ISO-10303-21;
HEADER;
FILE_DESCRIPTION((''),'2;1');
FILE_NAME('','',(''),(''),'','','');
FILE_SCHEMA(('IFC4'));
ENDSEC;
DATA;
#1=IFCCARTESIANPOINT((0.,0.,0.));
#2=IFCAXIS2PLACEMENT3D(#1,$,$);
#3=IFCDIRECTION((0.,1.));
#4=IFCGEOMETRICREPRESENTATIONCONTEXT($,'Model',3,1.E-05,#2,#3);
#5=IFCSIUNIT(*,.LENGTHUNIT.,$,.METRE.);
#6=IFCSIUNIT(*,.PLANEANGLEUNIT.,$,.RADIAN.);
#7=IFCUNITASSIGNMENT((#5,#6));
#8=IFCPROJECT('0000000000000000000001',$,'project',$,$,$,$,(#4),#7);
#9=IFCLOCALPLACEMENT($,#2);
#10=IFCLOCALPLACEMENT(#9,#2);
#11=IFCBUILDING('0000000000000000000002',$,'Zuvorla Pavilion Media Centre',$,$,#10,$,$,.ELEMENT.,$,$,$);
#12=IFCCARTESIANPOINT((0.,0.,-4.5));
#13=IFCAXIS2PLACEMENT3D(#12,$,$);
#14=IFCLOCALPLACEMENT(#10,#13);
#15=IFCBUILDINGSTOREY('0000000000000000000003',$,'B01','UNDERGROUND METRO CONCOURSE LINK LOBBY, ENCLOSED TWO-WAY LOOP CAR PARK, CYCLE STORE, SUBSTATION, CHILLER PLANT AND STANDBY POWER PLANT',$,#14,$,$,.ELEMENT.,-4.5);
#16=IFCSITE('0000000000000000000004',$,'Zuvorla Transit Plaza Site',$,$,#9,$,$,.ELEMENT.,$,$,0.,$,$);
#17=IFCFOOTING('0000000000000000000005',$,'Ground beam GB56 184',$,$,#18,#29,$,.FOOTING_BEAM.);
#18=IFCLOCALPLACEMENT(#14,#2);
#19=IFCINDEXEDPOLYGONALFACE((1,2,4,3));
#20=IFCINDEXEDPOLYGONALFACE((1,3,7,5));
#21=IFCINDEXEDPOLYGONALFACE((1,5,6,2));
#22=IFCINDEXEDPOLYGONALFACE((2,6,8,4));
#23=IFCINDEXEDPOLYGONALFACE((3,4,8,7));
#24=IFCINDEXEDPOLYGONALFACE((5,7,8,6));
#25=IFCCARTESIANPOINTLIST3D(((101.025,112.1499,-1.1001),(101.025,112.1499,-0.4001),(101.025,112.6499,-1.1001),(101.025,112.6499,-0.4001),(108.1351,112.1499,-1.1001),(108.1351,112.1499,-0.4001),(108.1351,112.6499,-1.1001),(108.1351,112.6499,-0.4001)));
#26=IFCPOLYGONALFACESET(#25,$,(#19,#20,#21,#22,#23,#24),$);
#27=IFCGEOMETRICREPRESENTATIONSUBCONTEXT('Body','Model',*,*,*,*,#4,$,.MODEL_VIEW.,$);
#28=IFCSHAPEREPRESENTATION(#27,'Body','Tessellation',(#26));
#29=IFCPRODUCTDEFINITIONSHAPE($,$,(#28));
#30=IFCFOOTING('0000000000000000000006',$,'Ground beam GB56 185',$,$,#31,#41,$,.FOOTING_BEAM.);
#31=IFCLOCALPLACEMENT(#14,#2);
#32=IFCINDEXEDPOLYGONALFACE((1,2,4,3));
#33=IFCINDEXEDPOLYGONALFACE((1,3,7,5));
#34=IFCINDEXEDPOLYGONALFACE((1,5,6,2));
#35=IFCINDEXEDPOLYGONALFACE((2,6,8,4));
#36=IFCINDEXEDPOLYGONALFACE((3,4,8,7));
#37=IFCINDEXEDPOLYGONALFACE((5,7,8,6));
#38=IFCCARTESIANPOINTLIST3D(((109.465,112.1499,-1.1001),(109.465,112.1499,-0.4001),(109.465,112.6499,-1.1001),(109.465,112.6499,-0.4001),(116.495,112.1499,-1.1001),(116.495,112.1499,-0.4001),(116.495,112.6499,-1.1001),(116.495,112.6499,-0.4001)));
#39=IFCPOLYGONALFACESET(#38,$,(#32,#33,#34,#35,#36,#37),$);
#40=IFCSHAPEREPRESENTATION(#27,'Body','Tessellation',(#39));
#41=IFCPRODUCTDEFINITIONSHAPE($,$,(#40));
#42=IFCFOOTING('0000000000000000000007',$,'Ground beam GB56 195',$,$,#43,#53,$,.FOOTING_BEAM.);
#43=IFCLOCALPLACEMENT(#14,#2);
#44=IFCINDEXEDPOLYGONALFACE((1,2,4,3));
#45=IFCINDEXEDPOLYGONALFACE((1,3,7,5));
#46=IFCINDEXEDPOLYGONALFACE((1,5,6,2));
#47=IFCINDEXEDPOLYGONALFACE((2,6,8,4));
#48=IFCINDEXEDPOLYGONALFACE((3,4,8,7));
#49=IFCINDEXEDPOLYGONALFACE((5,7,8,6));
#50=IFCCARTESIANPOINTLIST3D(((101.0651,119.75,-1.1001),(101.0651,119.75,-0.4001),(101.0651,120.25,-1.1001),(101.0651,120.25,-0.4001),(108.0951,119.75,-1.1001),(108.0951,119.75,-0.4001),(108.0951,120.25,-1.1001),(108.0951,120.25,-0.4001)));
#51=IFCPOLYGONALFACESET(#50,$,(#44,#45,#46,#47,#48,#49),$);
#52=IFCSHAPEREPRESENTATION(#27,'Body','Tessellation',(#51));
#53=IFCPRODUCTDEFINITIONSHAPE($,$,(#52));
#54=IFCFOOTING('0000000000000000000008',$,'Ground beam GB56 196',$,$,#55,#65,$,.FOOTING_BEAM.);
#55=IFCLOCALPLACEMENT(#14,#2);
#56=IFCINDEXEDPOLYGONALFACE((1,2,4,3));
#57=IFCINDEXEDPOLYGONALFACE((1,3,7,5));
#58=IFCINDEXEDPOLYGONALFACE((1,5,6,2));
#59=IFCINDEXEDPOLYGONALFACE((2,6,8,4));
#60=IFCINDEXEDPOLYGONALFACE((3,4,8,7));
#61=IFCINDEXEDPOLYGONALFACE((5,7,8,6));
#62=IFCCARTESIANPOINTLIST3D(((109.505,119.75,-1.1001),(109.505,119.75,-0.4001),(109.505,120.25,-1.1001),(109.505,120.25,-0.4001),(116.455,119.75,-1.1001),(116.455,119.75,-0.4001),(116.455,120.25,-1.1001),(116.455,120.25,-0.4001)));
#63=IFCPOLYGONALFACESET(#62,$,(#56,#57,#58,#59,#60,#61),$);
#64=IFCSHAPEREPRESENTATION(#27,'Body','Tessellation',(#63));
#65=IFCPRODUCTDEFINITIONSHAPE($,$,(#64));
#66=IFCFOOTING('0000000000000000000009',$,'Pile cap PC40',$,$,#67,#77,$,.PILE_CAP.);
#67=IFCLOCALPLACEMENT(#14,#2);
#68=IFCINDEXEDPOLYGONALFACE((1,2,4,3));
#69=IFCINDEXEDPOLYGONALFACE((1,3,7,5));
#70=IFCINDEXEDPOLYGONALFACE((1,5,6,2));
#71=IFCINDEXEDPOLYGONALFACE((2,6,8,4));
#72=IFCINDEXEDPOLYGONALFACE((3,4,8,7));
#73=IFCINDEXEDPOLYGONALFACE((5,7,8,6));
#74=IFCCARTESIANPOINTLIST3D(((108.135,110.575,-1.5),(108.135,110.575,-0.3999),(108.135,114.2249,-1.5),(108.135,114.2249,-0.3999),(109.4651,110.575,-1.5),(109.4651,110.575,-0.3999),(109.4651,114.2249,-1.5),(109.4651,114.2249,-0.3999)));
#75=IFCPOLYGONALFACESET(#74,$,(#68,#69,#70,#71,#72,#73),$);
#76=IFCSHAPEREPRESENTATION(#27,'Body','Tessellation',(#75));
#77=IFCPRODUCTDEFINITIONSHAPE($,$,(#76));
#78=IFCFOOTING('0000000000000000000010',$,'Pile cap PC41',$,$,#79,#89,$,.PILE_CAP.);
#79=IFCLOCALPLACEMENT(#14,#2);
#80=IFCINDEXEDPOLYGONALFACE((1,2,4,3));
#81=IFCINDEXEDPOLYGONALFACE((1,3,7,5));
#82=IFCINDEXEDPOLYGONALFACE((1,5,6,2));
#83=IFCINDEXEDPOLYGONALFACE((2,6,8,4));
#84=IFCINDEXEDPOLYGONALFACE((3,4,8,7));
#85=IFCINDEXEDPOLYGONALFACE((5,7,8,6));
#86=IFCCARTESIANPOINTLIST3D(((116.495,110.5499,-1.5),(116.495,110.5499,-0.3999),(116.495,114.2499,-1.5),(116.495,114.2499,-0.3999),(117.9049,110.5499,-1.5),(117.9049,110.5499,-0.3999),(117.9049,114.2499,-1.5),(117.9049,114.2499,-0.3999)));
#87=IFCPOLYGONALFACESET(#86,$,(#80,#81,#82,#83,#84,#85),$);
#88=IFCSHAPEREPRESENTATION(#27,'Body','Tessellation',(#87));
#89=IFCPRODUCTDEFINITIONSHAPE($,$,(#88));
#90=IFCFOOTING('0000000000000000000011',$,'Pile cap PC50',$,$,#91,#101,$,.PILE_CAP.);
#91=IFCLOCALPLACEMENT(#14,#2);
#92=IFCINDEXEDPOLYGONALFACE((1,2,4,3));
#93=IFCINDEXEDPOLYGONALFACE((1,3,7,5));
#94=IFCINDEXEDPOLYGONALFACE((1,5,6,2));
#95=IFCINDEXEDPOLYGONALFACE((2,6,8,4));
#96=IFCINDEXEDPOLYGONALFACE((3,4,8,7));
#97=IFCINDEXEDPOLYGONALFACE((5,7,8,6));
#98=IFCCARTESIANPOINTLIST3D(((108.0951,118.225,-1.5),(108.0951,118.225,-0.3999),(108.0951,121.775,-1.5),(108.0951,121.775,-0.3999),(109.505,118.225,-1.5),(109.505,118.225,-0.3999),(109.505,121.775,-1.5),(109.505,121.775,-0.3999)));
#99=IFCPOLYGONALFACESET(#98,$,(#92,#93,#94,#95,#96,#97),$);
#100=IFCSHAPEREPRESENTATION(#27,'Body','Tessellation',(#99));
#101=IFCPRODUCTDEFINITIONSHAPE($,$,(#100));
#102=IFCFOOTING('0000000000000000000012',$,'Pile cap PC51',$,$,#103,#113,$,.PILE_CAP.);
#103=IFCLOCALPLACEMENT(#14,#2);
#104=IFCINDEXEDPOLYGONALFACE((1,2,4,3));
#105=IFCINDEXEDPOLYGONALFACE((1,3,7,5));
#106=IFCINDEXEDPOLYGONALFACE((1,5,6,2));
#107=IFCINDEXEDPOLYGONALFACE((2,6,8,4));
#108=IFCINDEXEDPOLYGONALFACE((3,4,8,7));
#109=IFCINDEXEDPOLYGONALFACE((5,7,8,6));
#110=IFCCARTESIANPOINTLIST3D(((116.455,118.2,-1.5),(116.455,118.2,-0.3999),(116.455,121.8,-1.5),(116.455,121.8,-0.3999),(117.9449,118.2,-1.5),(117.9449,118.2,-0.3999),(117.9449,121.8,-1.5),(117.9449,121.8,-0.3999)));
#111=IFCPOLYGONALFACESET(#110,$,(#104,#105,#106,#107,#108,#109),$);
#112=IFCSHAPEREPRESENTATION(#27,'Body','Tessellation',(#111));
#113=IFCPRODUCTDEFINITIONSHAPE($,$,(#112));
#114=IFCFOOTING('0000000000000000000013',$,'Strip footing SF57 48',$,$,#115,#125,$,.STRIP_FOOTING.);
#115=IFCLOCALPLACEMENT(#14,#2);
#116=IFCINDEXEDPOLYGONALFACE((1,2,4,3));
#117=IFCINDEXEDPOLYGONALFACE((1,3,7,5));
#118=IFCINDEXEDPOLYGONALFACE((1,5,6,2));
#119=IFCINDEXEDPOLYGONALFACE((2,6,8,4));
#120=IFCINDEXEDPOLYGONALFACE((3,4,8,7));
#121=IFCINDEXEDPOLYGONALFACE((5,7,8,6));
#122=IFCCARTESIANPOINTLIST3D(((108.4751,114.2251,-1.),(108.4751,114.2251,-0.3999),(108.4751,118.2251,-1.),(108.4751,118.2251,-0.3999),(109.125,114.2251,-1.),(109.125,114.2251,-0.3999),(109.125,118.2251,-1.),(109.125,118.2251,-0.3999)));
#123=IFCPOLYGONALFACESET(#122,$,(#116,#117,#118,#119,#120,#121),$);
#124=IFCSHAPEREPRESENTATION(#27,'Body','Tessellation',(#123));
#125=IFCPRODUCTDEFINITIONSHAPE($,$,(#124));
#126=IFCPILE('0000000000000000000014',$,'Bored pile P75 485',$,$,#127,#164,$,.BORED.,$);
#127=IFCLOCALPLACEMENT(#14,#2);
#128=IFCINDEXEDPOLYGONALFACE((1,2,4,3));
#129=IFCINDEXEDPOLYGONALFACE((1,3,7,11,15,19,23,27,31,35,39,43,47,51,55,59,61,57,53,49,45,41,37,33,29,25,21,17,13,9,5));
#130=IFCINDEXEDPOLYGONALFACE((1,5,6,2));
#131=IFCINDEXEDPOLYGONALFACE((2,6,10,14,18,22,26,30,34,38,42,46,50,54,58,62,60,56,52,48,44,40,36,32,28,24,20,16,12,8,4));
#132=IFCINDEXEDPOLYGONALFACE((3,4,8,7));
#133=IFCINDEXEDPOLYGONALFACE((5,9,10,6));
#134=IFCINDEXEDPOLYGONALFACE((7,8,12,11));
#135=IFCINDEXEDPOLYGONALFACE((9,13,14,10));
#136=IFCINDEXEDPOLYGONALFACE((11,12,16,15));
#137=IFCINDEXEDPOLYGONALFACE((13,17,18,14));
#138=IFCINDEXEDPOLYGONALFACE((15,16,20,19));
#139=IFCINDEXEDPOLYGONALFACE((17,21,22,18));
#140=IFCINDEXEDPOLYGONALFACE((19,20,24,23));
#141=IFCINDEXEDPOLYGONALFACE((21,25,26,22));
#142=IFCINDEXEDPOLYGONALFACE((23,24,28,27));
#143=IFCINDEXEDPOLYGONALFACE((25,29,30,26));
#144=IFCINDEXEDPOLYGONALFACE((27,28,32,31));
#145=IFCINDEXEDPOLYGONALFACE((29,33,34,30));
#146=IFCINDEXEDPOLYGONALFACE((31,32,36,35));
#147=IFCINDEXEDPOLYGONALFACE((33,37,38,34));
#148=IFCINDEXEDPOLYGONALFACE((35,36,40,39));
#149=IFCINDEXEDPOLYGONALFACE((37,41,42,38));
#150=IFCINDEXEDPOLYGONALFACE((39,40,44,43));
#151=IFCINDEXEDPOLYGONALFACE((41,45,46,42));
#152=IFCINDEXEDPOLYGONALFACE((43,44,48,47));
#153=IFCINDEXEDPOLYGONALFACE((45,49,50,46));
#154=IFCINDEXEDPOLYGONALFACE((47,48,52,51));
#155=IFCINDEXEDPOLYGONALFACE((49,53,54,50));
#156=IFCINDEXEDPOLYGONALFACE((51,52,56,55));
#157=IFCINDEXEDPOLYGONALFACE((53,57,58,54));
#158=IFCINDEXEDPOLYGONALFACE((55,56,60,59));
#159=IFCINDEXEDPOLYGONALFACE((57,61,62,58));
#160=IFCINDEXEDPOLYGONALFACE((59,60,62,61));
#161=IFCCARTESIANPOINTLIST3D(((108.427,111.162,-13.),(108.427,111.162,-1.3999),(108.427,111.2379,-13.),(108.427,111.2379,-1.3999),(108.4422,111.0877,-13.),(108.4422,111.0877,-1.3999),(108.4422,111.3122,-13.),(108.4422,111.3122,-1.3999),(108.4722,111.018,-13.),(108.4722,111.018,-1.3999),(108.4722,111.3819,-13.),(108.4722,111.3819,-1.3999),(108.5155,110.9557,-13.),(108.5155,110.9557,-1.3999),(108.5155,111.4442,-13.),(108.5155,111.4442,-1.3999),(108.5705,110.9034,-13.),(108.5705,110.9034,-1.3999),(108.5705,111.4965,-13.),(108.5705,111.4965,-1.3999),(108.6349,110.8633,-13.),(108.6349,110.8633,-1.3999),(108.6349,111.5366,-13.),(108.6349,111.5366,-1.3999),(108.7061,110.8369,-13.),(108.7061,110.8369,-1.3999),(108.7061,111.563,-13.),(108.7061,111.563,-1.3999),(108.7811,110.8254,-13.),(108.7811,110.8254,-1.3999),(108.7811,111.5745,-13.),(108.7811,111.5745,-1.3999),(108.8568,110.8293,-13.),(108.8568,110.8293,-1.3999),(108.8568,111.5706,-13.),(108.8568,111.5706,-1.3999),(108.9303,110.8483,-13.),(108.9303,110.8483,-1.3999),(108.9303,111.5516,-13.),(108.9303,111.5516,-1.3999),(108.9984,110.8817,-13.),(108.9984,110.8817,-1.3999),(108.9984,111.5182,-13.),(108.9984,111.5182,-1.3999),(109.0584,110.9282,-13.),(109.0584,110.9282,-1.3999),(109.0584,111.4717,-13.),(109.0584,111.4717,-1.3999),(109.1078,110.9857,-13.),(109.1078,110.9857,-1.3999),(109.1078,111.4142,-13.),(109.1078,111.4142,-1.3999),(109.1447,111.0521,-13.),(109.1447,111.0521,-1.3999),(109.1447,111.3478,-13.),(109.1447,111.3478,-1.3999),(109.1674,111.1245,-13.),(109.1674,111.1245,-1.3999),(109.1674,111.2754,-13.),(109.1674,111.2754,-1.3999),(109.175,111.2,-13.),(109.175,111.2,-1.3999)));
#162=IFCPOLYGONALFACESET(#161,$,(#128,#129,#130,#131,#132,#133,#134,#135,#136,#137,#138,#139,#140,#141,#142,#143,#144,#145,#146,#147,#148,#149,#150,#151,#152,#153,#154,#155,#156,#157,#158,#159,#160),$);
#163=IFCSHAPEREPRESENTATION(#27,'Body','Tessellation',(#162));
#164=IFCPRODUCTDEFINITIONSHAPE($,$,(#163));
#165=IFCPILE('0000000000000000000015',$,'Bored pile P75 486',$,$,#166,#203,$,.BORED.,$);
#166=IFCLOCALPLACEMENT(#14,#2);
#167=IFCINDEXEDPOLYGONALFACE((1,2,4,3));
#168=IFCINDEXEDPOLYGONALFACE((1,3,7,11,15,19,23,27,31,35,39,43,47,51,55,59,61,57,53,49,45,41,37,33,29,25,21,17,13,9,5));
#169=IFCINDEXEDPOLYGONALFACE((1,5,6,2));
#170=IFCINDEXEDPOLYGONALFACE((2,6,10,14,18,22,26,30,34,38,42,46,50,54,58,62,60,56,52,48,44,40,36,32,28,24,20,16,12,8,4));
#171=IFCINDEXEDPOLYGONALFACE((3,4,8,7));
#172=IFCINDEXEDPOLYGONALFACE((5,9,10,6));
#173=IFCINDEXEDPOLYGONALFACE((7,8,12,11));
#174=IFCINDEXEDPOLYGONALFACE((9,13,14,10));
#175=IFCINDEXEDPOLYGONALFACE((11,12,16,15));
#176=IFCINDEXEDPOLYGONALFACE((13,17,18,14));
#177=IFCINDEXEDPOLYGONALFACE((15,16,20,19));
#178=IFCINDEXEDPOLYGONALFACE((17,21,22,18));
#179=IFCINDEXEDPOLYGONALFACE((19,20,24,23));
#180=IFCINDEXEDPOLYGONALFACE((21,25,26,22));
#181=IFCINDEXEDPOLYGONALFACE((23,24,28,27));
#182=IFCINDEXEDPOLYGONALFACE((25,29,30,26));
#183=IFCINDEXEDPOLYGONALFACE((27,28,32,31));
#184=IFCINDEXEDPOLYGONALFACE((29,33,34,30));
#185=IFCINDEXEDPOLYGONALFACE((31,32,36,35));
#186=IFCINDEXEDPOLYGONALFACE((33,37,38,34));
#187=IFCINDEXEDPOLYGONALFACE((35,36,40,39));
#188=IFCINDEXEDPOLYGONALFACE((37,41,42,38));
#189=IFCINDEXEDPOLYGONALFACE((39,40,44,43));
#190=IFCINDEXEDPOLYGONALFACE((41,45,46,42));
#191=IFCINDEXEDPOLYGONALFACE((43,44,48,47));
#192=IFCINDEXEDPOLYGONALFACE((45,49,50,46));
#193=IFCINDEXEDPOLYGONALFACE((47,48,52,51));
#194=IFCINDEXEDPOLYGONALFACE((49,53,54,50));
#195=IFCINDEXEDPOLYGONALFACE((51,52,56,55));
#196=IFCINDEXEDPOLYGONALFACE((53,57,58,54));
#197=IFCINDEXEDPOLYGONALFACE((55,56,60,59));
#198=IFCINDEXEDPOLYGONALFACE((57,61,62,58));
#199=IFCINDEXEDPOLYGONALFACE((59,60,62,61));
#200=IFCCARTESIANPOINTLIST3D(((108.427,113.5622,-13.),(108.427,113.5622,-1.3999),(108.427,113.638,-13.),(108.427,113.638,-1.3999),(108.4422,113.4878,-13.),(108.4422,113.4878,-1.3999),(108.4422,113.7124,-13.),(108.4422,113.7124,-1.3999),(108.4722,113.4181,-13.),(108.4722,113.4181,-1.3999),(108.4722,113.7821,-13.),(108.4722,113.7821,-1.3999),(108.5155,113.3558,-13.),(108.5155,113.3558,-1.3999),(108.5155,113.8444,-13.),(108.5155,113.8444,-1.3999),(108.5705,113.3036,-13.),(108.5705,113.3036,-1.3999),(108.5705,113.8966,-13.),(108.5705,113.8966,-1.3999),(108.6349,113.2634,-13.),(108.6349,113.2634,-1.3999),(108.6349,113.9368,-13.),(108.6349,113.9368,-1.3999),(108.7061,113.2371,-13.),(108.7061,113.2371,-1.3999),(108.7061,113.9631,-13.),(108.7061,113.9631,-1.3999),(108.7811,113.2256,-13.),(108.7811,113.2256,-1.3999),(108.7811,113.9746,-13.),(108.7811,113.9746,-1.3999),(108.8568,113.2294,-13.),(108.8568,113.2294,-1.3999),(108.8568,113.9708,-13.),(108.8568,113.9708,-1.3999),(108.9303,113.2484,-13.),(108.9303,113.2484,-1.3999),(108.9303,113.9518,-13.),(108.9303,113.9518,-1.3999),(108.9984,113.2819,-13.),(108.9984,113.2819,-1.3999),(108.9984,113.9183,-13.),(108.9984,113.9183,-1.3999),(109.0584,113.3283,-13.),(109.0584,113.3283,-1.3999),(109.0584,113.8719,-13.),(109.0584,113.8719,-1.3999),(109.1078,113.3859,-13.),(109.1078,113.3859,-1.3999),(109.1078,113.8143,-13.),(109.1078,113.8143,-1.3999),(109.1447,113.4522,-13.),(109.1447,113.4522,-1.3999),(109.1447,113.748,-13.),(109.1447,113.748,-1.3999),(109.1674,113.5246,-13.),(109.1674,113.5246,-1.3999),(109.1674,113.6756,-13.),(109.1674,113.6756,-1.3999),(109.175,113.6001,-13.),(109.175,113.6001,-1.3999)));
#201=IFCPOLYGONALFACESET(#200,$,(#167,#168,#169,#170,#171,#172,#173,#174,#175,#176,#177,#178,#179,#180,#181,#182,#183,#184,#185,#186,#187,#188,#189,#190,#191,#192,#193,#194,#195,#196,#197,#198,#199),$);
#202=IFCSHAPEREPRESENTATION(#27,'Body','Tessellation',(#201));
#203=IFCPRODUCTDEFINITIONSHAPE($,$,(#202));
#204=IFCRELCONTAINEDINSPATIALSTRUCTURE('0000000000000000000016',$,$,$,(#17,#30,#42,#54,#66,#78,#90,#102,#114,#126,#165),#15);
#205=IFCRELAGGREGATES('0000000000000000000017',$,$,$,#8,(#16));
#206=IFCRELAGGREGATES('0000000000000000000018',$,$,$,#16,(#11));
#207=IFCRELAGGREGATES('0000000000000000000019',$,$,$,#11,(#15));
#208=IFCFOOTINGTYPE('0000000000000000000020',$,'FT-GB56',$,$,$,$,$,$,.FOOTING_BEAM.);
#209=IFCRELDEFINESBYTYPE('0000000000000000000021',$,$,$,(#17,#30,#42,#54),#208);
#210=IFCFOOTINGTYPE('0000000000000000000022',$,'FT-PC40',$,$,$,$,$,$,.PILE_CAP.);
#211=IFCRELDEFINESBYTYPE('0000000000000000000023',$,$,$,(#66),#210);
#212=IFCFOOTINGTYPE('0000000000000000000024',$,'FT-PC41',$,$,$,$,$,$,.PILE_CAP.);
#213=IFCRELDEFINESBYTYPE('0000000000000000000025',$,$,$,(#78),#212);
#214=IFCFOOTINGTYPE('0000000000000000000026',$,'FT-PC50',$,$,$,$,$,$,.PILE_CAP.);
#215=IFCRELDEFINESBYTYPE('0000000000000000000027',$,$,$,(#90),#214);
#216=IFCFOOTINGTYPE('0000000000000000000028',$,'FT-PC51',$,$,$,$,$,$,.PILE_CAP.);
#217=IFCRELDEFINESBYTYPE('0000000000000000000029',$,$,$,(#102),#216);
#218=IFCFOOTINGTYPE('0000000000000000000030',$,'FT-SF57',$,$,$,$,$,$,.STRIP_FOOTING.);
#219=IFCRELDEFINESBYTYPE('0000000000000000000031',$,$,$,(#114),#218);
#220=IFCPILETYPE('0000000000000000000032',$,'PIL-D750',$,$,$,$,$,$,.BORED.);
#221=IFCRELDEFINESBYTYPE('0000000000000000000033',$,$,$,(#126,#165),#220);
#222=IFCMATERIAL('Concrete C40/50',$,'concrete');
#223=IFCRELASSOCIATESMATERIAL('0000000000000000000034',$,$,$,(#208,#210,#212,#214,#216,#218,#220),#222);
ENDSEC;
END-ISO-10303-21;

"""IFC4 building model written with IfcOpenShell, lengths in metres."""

from ifc_helpers import new_model, si_unit, direction, frame, origin, origin_2d, place, context, subcontext, project, spatial, rectangle, circle, extrude, material, material_profile, profile_set, type_object, element, save


model = new_model("IFC4")

# Units and contexts
model_context = context("Model", 3, precision=1e-05, world=origin(), true_north=direction((0.0, 1.0)))
body_context = subcontext(model_context, "Body", "Model", "MODEL_VIEW")
ifc_project = project(units=[si_unit("LENGTHUNIT", "METRE"), si_unit("PLANEANGLEUNIT", "RADIAN")], contexts=[model_context])

# Site, building, storey
site_placement = place(None, origin())
site = spatial("IfcSite", under=ifc_project, at=site_placement, Name="Zuvorla Transit Plaza Site", CompositionType="ELEMENT", RefElevation=0.0)
building_placement = place(site_placement, origin())
building = spatial("IfcBuilding", under=site, at=building_placement, Name="Zuvorla Pavilion Media Centre", CompositionType="ELEMENT")
storey_placement = place(building_placement, frame((0.0, 0.0, -4.5)))
storey = spatial("IfcBuildingStorey", under=building, at=storey_placement, Name="B01", Description="UNDERGROUND METRO CONCOURSE LINK LOBBY, ENCLOSED TWO-WAY LOOP CAR PARK, CYCLE STORE, SUBSTATION, CHILLER PLANT AND STANDBY POWER PLANT", CompositionType="ELEMENT", Elevation=-4.5)

# Footings
ifc_material = material(Name="Concrete C40/50", Category="concrete")
footing_type_1 = type_object("IfcFootingType", Name="FT-GB56", PredefinedType="FOOTING_BEAM", material=ifc_material)
footing_1_placement = place(storey_placement, frame((104.5801, 112.3999, -1.1001), z_axis=(0.0, 0.0, 1.0), x_axis=(1.0, 0.0, 0.0)))
element("IfcFooting", 1, at=footing_1_placement, inside=storey, type_object=footing_type_1, Name="Ground beam GB56 184", PredefinedType="FOOTING_BEAM", context=body_context, shape_type="SweptSolid", body=[
    extrude(rectangle(XDim=7.1101, YDim=0.5, at=origin_2d()), origin(), (0.0, 0.0, 1.0), 0.7),
])
for number, where, z_axis, x_axis, name in (
    (2, (112.98, 112.3999, -1.1001), (0.0, 0.0, 1.0), (1.0, 0.0, 0.0), "Ground beam GB56 185"),
    (3, (104.5801, 120.0, -1.1001), (0.0, 0.0, 1.0), (1.0, 0.0, 0.0), "Ground beam GB56 195"),
):
    element("IfcFooting", number, at=place(storey_placement, frame(where, z_axis=z_axis, x_axis=x_axis)), inside=storey, type_object=footing_type_1, Name=name, PredefinedType="FOOTING_BEAM", context=body_context, shape_type="SweptSolid", body=[
        extrude(rectangle(XDim=7.03, YDim=0.5, at=origin_2d()), origin(), (0.0, 0.0, 1.0), 0.7),
    ])
footing_2_placement = place(storey_placement, frame((112.98, 120.0, -1.1001), z_axis=(0.0, 0.0, 1.0), x_axis=(1.0, 0.0, 0.0)))
element("IfcFooting", 4, at=footing_2_placement, inside=storey, type_object=footing_type_1, Name="Ground beam GB56 196", PredefinedType="FOOTING_BEAM", context=body_context, shape_type="SweptSolid", body=[
    extrude(rectangle(XDim=6.95, YDim=0.5, at=origin_2d()), origin(), (0.0, 0.0, 1.0), 0.7),
])
footing_type_2 = type_object("IfcFootingType", Name="FT-PC40", PredefinedType="PILE_CAP", material=ifc_material)
footing_3_placement = place(storey_placement, frame((108.8, 112.3999, -1.5), z_axis=(0.0, 0.0, 1.0), x_axis=(1.0, 0.0, 0.0)))
element("IfcFooting", 5, at=footing_3_placement, inside=storey, type_object=footing_type_2, Name="Pile cap PC40", PredefinedType="PILE_CAP", context=body_context, shape_type="SweptSolid", body=[
    extrude(rectangle(XDim=1.3301, YDim=3.6499, at=origin_2d()), origin(), (0.0, 0.0, 1.0), 1.1001),
])
footing_type_3 = type_object("IfcFootingType", Name="FT-PC41", PredefinedType="PILE_CAP", material=ifc_material)
footing_4_placement = place(storey_placement, frame((117.2, 112.3999, -1.5), z_axis=(0.0, 0.0, 1.0), x_axis=(1.0, 0.0, 0.0)))
element("IfcFooting", 6, at=footing_4_placement, inside=storey, type_object=footing_type_3, Name="Pile cap PC41", PredefinedType="PILE_CAP", context=body_context, shape_type="SweptSolid", body=[
    extrude(rectangle(XDim=1.4099, YDim=3.7, at=origin_2d()), origin(), (0.0, 0.0, 1.0), 1.1001),
])
footing_type_4 = type_object("IfcFootingType", Name="FT-PC50", PredefinedType="PILE_CAP", material=ifc_material)
footing_5_placement = place(storey_placement, frame((108.8, 120.0, -1.5), z_axis=(0.0, 0.0, 1.0), x_axis=(1.0, 0.0, 0.0)))
element("IfcFooting", 7, at=footing_5_placement, inside=storey, type_object=footing_type_4, Name="Pile cap PC50", PredefinedType="PILE_CAP", context=body_context, shape_type="SweptSolid", body=[
    extrude(rectangle(XDim=1.4099, YDim=3.55, at=origin_2d()), origin(), (0.0, 0.0, 1.0), 1.1001),
])
footing_type_5 = type_object("IfcFootingType", Name="FT-PC51", PredefinedType="PILE_CAP", material=ifc_material)
footing_6_placement = place(storey_placement, frame((117.2, 120.0, -1.5), z_axis=(0.0, 0.0, 1.0), x_axis=(1.0, 0.0, 0.0)))
element("IfcFooting", 8, at=footing_6_placement, inside=storey, type_object=footing_type_5, Name="Pile cap PC51", PredefinedType="PILE_CAP", context=body_context, shape_type="SweptSolid", body=[
    extrude(rectangle(XDim=1.49, YDim=3.6001, at=origin_2d()), origin(), (0.0, 0.0, 1.0), 1.1001),
])
footing_type_6 = type_object("IfcFootingType", Name="FT-SF57", PredefinedType="STRIP_FOOTING", material=ifc_material)
footing_7_placement = place(storey_placement, frame((108.8, 116.2251, -1.0), z_axis=(0.0, 0.0, 1.0), x_axis=(0.0, 1.0, 0.0)))
element("IfcFooting", 9, at=footing_7_placement, inside=storey, type_object=footing_type_6, Name="Strip footing SF57 48", PredefinedType="STRIP_FOOTING", context=body_context, shape_type="SweptSolid", body=[
    extrude(rectangle(XDim=4.0, YDim=0.6499, at=origin_2d()), origin(), (0.0, 0.0, 1.0), 0.6001),
])

# Piles
ifc_material_profile_1 = material_profile(ifc_material, circle(Radius=0.375, at=origin_2d()), Name="BORED PILE 750")
ifc_profile_set_1 = profile_set([ifc_material_profile_1], Name="Concrete C40/50")
pile_type = type_object("IfcPileType", Name="PIL-D750", PredefinedType="BORED", material=ifc_profile_set_1)
for number, where, z_axis, x_axis, name in (
    (10, (108.8, 111.2, -1.3999), (0.0, 0.0, -1.0), (1.0, 0.0, 0.0), "Bored pile P75 485"),
    (11, (108.8, 113.6001, -1.3999), (0.0, 0.0, -1.0), (1.0, 0.0, 0.0), "Bored pile P75 486"),
):
    element("IfcPile", number, at=place(storey_placement, frame(where, z_axis=z_axis, x_axis=x_axis)), inside=storey, type_object=pile_type, Name=name, PredefinedType="BORED", context=body_context, shape_type="SweptSolid", body=[
        extrude(circle(Radius=0.375, at=origin_2d()), origin(), (0.0, 0.0, 1.0), 11.6001),
    ])

save(model, "model.ifc")
